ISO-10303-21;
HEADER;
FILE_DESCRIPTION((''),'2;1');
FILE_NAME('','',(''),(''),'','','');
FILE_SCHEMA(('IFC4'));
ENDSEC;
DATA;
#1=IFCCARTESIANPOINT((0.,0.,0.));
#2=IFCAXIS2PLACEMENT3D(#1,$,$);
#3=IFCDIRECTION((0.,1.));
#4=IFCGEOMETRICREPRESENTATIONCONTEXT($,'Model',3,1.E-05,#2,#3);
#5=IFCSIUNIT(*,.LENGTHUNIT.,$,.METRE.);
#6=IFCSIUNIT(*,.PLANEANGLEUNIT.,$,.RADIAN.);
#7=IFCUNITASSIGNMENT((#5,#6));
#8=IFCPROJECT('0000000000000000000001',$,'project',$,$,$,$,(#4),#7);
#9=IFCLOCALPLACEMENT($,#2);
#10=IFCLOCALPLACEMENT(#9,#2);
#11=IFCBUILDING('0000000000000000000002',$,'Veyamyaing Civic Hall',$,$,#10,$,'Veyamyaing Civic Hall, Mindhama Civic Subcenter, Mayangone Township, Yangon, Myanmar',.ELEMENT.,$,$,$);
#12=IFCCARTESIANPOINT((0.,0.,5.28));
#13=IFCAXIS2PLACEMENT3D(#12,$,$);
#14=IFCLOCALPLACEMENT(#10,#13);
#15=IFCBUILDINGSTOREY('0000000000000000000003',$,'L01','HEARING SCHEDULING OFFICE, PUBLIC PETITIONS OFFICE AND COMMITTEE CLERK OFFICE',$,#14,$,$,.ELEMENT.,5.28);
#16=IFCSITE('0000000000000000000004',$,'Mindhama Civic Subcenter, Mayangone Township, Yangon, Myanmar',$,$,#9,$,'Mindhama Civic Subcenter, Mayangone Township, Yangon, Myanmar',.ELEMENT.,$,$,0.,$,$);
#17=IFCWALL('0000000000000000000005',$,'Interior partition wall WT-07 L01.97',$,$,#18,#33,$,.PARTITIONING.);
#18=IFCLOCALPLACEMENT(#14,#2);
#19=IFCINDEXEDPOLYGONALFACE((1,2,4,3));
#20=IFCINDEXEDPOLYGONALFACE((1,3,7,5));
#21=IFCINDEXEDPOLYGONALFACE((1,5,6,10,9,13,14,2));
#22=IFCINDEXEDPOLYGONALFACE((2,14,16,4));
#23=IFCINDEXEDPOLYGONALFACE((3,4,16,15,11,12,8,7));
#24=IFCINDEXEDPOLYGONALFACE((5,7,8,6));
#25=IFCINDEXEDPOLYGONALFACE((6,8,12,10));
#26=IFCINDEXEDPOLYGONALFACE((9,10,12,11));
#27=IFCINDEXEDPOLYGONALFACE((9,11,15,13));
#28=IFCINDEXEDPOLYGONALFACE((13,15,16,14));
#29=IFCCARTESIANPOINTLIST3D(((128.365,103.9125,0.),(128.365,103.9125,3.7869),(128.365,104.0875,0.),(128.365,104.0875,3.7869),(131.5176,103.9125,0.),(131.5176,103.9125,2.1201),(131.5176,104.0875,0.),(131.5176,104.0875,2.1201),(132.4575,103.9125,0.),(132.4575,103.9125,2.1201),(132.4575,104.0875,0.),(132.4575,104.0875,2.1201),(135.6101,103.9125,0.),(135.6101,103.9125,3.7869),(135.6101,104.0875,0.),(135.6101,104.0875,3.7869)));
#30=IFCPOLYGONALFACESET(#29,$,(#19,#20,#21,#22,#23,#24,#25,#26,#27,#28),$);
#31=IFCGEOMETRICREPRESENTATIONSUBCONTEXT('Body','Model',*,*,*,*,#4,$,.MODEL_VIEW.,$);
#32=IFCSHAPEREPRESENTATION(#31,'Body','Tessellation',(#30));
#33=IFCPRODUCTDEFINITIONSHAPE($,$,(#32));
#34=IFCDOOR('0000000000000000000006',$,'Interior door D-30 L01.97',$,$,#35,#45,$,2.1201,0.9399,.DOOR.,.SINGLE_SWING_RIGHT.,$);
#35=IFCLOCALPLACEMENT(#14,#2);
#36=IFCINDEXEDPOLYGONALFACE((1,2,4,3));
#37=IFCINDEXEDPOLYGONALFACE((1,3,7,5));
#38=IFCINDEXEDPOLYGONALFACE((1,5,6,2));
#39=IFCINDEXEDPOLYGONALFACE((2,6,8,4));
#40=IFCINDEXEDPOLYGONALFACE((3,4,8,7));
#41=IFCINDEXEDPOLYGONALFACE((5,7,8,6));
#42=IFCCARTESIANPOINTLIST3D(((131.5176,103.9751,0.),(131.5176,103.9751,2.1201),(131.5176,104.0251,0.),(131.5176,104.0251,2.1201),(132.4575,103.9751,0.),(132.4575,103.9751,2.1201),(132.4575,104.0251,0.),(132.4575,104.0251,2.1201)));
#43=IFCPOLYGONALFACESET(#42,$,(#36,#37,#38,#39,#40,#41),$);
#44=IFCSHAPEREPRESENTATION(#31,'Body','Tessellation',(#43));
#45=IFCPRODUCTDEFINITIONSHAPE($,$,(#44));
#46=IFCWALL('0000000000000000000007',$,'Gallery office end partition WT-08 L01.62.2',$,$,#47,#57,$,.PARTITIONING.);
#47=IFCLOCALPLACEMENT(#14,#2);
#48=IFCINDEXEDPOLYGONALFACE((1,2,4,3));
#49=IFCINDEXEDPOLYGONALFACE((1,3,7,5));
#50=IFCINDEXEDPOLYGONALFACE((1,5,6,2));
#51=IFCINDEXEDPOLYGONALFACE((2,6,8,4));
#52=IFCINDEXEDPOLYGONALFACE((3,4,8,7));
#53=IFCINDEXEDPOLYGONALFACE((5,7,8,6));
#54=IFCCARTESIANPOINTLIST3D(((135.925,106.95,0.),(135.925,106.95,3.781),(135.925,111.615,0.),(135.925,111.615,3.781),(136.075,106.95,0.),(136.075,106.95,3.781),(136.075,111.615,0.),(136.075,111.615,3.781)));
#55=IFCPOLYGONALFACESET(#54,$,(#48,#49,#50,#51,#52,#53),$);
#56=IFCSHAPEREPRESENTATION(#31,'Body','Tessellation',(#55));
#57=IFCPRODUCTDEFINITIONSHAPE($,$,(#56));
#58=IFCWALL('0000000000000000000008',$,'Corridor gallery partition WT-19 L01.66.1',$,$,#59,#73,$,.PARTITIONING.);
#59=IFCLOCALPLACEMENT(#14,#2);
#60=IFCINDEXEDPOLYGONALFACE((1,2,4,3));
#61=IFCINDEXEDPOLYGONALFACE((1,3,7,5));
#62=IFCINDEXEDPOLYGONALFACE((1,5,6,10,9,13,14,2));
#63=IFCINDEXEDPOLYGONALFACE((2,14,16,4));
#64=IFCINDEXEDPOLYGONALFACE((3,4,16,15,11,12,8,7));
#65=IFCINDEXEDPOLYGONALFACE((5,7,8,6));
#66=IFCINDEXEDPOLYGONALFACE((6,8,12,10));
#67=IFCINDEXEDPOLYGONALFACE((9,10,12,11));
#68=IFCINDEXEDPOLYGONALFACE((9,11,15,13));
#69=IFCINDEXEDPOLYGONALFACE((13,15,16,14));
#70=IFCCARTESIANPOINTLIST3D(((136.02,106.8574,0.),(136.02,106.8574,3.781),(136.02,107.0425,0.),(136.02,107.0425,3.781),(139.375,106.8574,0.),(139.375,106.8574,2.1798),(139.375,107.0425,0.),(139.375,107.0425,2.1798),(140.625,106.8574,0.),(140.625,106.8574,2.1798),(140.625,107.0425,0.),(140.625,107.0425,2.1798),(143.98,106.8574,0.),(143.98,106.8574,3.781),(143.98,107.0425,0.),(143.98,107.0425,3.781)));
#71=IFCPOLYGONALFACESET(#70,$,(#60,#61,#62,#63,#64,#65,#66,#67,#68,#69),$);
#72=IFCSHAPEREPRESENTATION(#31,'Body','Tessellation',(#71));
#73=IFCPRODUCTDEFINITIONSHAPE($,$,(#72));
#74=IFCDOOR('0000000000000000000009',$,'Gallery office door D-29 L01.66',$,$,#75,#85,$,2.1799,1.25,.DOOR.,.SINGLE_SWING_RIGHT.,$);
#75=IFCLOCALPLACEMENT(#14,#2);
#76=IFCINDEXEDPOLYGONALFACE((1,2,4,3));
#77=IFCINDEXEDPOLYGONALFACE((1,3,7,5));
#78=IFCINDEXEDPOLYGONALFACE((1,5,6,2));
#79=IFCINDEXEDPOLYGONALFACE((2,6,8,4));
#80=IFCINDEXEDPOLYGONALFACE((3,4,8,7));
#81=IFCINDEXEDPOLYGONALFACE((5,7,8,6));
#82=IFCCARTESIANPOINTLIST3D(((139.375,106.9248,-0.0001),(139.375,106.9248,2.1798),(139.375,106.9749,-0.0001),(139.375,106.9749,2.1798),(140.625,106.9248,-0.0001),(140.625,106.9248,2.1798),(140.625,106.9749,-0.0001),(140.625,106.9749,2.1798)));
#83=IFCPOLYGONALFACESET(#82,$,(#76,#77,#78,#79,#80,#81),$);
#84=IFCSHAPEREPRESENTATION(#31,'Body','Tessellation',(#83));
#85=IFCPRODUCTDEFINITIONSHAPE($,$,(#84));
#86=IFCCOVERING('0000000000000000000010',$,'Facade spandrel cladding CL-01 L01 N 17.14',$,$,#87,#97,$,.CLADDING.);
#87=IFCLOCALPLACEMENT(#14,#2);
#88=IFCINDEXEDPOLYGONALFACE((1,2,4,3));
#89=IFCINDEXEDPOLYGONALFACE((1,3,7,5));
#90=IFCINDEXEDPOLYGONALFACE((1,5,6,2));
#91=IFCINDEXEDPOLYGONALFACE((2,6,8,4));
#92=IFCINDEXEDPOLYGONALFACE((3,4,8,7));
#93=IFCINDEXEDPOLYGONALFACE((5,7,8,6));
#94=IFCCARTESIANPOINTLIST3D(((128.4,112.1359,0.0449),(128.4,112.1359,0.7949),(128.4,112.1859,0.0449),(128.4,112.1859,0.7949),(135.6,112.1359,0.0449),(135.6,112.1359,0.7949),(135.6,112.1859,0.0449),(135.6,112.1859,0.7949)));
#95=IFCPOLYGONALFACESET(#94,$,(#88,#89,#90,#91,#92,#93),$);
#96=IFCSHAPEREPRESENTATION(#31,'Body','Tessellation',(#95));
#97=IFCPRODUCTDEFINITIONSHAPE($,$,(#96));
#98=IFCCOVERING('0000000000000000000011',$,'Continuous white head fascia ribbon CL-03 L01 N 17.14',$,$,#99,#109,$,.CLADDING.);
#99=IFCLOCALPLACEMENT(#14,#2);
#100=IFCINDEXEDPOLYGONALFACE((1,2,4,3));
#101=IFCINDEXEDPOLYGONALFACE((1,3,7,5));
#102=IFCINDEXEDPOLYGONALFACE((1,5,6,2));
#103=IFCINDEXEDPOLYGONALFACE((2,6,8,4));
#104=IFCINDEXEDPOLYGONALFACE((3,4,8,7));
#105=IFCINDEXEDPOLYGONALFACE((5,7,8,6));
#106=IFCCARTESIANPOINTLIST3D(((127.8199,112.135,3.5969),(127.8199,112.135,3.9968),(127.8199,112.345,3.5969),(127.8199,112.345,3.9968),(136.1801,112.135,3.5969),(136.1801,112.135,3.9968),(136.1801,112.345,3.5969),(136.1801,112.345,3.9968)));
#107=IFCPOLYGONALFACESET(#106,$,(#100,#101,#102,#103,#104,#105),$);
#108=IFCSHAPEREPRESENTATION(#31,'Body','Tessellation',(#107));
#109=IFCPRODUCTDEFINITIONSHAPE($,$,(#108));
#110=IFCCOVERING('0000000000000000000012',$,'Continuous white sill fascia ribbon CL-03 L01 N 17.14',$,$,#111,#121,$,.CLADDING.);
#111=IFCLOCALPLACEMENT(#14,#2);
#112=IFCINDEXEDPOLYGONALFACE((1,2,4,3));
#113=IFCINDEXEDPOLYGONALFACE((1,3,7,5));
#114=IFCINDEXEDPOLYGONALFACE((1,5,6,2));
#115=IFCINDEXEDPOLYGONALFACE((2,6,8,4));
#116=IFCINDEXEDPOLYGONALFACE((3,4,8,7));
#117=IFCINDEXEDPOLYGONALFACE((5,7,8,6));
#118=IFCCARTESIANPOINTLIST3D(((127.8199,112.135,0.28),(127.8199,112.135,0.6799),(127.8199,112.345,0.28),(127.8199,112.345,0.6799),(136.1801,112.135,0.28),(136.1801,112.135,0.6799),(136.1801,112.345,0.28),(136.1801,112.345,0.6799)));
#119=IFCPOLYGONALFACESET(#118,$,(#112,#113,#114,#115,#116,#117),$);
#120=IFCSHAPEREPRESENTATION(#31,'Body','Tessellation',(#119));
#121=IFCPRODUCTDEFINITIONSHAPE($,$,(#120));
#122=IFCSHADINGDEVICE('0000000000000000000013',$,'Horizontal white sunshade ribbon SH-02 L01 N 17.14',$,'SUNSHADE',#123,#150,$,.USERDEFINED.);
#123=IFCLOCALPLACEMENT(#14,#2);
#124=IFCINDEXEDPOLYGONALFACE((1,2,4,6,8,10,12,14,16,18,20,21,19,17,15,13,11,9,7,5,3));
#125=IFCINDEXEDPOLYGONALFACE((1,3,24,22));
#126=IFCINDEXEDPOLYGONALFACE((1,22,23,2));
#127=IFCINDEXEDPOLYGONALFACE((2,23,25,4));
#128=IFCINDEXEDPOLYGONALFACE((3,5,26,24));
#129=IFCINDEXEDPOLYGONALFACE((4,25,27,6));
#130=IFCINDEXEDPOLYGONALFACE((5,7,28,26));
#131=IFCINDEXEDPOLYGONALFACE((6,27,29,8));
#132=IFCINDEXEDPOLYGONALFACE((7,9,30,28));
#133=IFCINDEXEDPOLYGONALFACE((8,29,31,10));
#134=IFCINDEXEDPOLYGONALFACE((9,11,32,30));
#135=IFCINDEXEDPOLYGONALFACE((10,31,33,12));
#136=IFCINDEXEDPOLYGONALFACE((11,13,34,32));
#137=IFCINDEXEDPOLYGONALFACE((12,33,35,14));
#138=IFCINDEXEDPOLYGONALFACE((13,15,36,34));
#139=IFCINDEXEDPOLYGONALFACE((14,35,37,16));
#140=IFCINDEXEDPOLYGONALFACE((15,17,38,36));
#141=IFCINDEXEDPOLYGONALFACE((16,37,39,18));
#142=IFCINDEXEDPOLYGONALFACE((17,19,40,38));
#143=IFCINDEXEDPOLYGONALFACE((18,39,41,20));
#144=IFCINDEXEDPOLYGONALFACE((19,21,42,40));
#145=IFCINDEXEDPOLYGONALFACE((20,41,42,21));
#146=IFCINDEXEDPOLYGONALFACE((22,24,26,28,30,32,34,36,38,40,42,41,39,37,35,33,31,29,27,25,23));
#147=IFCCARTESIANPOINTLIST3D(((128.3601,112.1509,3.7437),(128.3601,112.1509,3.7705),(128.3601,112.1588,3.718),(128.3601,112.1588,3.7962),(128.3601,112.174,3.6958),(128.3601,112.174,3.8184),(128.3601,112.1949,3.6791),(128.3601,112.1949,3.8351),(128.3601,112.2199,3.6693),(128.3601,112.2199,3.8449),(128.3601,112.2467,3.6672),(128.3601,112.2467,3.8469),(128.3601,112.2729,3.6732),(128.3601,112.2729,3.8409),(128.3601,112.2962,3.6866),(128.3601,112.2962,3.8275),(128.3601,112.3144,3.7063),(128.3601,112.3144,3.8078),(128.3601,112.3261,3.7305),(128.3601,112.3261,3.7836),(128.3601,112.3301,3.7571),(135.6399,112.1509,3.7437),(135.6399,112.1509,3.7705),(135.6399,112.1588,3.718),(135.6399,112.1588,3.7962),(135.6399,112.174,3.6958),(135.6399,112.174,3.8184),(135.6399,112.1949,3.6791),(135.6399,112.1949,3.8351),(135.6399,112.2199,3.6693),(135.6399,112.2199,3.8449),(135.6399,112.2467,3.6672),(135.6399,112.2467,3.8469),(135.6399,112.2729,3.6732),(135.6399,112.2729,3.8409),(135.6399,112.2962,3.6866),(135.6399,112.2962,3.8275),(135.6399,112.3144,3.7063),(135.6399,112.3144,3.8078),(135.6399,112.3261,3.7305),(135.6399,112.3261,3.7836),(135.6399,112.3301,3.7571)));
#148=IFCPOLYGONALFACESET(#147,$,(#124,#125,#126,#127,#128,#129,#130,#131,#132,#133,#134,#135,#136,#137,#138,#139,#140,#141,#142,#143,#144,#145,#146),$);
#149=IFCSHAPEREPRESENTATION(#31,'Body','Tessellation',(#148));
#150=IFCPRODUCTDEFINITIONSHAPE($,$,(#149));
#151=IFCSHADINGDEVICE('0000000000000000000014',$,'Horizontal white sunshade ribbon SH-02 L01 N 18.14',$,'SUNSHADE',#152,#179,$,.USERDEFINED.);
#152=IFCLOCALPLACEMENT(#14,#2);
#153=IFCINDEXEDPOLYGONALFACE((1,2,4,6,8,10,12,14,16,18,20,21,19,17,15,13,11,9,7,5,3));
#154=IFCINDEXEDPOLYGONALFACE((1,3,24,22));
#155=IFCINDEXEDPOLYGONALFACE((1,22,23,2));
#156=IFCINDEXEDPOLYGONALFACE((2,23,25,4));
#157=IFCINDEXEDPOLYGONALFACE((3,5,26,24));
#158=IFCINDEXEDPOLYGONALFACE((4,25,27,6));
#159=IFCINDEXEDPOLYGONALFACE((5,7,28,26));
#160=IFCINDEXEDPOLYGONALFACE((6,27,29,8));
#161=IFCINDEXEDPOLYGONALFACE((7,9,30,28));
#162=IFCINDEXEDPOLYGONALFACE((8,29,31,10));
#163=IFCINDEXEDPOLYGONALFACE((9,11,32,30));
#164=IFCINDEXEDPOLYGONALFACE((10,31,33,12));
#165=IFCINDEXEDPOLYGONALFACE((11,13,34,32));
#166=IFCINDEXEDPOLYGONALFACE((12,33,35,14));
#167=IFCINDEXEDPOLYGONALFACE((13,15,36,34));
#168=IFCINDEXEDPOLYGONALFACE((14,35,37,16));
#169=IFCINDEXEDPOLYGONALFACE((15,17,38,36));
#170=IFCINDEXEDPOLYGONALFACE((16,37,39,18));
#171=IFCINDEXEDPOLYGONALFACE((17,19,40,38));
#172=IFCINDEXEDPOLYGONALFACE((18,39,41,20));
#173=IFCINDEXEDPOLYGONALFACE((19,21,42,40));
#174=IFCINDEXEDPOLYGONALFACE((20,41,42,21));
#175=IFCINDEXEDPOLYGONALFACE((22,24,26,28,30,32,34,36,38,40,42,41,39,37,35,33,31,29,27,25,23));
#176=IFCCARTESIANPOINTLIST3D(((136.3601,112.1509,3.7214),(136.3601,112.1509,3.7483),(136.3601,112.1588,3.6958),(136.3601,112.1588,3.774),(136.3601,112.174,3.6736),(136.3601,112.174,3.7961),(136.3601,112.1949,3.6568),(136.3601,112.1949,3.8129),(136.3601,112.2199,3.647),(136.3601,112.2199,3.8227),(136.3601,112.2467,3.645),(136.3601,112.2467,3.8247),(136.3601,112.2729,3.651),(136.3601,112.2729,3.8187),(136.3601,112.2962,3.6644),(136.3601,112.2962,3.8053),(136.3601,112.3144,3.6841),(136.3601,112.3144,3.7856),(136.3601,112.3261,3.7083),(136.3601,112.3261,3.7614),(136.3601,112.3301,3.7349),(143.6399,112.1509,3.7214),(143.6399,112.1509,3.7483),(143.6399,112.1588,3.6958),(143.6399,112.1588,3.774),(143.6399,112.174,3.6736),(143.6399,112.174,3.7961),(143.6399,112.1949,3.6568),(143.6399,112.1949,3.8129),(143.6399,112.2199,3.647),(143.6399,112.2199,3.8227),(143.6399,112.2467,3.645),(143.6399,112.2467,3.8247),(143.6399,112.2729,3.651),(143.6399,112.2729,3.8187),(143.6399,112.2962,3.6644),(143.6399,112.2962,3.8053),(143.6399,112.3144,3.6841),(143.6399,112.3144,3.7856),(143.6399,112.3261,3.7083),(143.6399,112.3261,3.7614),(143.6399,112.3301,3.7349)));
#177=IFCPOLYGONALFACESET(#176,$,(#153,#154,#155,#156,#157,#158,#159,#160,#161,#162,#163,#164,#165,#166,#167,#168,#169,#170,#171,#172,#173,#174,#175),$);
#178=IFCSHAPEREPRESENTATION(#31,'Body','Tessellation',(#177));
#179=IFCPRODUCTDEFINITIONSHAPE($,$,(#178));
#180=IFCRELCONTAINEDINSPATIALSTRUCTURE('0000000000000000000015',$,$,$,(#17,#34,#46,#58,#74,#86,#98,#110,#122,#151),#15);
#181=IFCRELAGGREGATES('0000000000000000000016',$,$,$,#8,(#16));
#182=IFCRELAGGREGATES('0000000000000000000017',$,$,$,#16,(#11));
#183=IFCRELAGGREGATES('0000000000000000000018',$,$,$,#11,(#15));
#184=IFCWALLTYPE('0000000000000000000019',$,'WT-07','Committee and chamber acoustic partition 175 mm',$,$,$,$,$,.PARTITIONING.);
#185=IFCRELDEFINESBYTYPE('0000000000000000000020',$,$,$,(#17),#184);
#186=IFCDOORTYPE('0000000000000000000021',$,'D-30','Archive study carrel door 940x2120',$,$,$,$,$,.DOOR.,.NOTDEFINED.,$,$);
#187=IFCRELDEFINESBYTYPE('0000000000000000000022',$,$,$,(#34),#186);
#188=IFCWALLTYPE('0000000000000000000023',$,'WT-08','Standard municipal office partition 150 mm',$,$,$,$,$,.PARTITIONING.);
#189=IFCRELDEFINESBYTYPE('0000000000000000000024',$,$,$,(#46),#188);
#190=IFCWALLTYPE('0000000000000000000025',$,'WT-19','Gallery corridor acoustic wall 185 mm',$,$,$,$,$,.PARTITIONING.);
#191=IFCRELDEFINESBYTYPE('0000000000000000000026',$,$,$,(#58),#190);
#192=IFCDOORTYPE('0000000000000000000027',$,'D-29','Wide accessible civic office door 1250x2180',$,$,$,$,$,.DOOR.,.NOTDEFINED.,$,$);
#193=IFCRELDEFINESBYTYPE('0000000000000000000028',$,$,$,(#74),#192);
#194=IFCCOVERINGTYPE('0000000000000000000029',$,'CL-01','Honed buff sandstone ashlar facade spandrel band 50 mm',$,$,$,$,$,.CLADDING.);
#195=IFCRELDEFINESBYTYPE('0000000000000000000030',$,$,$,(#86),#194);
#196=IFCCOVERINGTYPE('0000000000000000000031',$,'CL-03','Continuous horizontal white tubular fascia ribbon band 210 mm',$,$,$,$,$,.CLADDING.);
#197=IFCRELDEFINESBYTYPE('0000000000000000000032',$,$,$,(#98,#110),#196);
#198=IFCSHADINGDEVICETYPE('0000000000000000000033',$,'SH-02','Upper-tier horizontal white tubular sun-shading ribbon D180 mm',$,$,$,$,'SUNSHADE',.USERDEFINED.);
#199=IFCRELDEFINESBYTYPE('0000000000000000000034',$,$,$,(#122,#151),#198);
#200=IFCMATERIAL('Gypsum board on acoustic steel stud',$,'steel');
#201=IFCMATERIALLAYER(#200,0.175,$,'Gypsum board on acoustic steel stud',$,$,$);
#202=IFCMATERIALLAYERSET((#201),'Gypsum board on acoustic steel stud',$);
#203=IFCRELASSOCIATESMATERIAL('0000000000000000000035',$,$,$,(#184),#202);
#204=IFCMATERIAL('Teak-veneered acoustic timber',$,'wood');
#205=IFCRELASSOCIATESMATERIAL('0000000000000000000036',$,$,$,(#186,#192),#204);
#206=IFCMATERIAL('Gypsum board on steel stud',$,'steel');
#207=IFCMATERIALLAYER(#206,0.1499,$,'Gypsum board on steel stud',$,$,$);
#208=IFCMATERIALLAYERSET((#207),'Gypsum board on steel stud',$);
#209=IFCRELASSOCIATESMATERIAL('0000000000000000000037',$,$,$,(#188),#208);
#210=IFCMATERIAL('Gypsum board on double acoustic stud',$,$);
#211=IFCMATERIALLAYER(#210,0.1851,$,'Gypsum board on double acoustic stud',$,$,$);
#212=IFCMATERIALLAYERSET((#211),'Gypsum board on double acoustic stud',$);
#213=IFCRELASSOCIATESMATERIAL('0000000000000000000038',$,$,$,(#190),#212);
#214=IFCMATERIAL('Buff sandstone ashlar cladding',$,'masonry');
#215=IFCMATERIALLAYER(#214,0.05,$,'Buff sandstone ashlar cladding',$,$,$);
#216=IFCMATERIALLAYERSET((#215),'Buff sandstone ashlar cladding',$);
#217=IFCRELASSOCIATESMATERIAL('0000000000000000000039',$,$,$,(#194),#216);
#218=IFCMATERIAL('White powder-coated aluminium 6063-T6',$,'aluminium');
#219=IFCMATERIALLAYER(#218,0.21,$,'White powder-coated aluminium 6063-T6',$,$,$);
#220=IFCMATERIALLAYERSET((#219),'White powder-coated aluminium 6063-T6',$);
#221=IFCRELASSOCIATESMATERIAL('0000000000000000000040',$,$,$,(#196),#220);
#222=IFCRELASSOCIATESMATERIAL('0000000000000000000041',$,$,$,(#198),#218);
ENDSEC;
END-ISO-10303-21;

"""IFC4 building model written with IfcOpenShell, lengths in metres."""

from ifc_helpers import new_model, si_unit, direction, frame, frame_2d, origin, origin_2d, place, context, subcontext, project, spatial, rectangle, circle, extrude, material, layer, layer_set, material_profile, profile_set, type_object, element, fill, save


model = new_model("IFC4")

# Units and contexts
model_context = context("Model", 3, precision=1e-05, world=origin(), true_north=direction((0.0, 1.0)))
body_context = subcontext(model_context, "Body", "Model", "MODEL_VIEW")
ifc_project = project(units=[si_unit("LENGTHUNIT", "METRE"), si_unit("PLANEANGLEUNIT", "RADIAN")], contexts=[model_context])

# Site, building, storey
site_placement = place(None, origin())
site = spatial("IfcSite", under=ifc_project, at=site_placement, Name="Mindhama Civic Subcenter, Mayangone Township, Yangon, Myanmar", LongName="Mindhama Civic Subcenter, Mayangone Township, Yangon, Myanmar", CompositionType="ELEMENT", RefElevation=0.0)
building_placement = place(site_placement, origin())
building = spatial("IfcBuilding", under=site, at=building_placement, Name="Veyamyaing Civic Hall", LongName="Veyamyaing Civic Hall, Mindhama Civic Subcenter, Mayangone Township, Yangon, Myanmar", CompositionType="ELEMENT")
storey_placement = place(building_placement, frame((0.0, 0.0, 5.28)))
storey = spatial("IfcBuildingStorey", under=building, at=storey_placement, Name="L01", Description="HEARING SCHEDULING OFFICE, PUBLIC PETITIONS OFFICE AND COMMITTEE CLERK OFFICE", CompositionType="ELEMENT", Elevation=5.28)

# Wall, opening, door
ifc_material_1 = material(Name="Gypsum board on acoustic steel stud", Category="steel")
ifc_layer_1 = layer(ifc_material_1, 0.175, Name="Gypsum board on acoustic steel stud")
ifc_layer_set_1 = layer_set([ifc_layer_1], Name="Gypsum board on acoustic steel stud")
wall_type_1 = type_object("IfcWallType", Name="WT-07", Description="Committee and chamber acoustic partition 175 mm", PredefinedType="PARTITIONING", material=ifc_layer_set_1)
wall_1_placement = place(storey_placement, frame((128.365, 104.0, 0.0), z_axis=(0.0, 0.0, 1.0), x_axis=(1.0, 0.0, 0.0)))
wall_1 = element("IfcWall", 1, at=wall_1_placement, inside=storey, type_object=wall_type_1, Name="Interior partition wall WT-07 L01.97", PredefinedType="PARTITIONING", context=body_context, shape_type="SweptSolid", body=[
    extrude(rectangle(XDim=7.2451, YDim=0.175, at=frame_2d((3.6226, 0.0))), origin(), (0.0, 0.0, 1.0), 3.7869),
])
opening_1_placement = place(wall_1_placement, frame((3.1526, 0.0, 0.0)))
opening_1 = element("IfcOpeningElement", 2, at=opening_1_placement, cuts=wall_1, PredefinedType="OPENING", context=body_context, shape_type="SweptSolid", body=[
    extrude(rectangle(XDim=0.9399, YDim=2.1201, at=frame_2d((0.47, 1.0601))), frame((0.0, 0.0974, 0.0), z_axis=(0.0, -1.0, 0.0), x_axis=(1.0, 0.0, 0.0)), (0.0, 0.0, 1.0), 0.1951),
])
ifc_material_2 = material(Name="Teak-veneered acoustic timber", Category="wood")
door_type_1 = type_object("IfcDoorType", Name="D-30", Description="Archive study carrel door 940x2120", OperationType="NOTDEFINED", PredefinedType="DOOR", material=ifc_material_2)
door_1_placement = place(opening_1_placement, frame((0.9399, 0.0, 0.0), z_axis=(0.0, 0.0, 1.0), x_axis=(-1.0, 0.0, 0.0)))
door_1 = element("IfcDoor", 3, at=door_1_placement, inside=storey, type_object=door_type_1, Name="Interior door D-30 L01.97", OperationType="SINGLE_SWING_RIGHT", OverallHeight=2.1201, OverallWidth=0.9399, PredefinedType="DOOR", context=body_context, shape_type="SweptSolid", body=[
    extrude(rectangle(XDim=0.9399, YDim=2.1201, at=frame_2d((0.47, 1.0601))), frame((0.0, 0.0249, 0.0), z_axis=(0.0, -1.0, 0.0), x_axis=(1.0, 0.0, 0.0)), (0.0, 0.0, 1.0), 0.05),
])
fill(opening_1, door_1)

# Wall
ifc_material_3 = material(Name="Gypsum board on steel stud", Category="steel")
ifc_layer_2 = layer(ifc_material_3, 0.1499, Name="Gypsum board on steel stud")
ifc_layer_set_2 = layer_set([ifc_layer_2], Name="Gypsum board on steel stud")
wall_type_2 = type_object("IfcWallType", Name="WT-08", Description="Standard municipal office partition 150 mm", PredefinedType="PARTITIONING", material=ifc_layer_set_2)
wall_2_placement = place(storey_placement, frame((136.0, 106.95, 0.0), z_axis=(0.0, 0.0, 1.0), x_axis=(0.0, 1.0, 0.0)))
element("IfcWall", 4, at=wall_2_placement, inside=storey, type_object=wall_type_2, Name="Gallery office end partition WT-08 L01.62.2", PredefinedType="PARTITIONING", context=body_context, shape_type="SweptSolid", body=[
    extrude(rectangle(XDim=4.665, YDim=0.1499, at=frame_2d((2.3325, 0.0))), origin(), (0.0, 0.0, 1.0), 3.781),
])

# Wall, opening, door
ifc_material_4 = material(Name="Gypsum board on double acoustic stud")
ifc_layer_3 = layer(ifc_material_4, 0.1851, Name="Gypsum board on double acoustic stud")
ifc_layer_set_3 = layer_set([ifc_layer_3], Name="Gypsum board on double acoustic stud")
wall_type_3 = type_object("IfcWallType", Name="WT-19", Description="Gallery corridor acoustic wall 185 mm", PredefinedType="PARTITIONING", material=ifc_layer_set_3)
wall_3_placement = place(storey_placement, frame((136.02, 106.95, 0.0), z_axis=(0.0, 0.0, 1.0), x_axis=(1.0, 0.0, 0.0)))
wall_3 = element("IfcWall", 5, at=wall_3_placement, inside=storey, type_object=wall_type_3, Name="Corridor gallery partition WT-19 L01.66.1", PredefinedType="PARTITIONING", context=body_context, shape_type="SweptSolid", body=[
    extrude(rectangle(XDim=7.96, YDim=0.1851, at=frame_2d((3.98, 0.0))), origin(), (0.0, 0.0, 1.0), 3.781),
])
opening_2_placement = place(wall_3_placement, frame((3.355, 0.0, 0.0)))
opening_2 = element("IfcOpeningElement", 6, at=opening_2_placement, cuts=wall_3, PredefinedType="OPENING", context=body_context, shape_type="SweptSolid", body=[
    extrude(rectangle(XDim=1.25, YDim=2.1799, at=frame_2d((0.625, 1.0898))), frame((0.0, 0.1025, 0.0), z_axis=(0.0, -1.0, 0.0), x_axis=(1.0, 0.0, 0.0)), (0.0, 0.0, 1.0), 0.2051),
])
door_type_2 = type_object("IfcDoorType", Name="D-29", Description="Wide accessible civic office door 1250x2180", OperationType="NOTDEFINED", PredefinedType="DOOR", material=ifc_material_2)
door_2_placement = place(opening_2_placement, origin())
door_2 = element("IfcDoor", 7, at=door_2_placement, inside=storey, type_object=door_type_2, Name="Gallery office door D-29 L01.66", OperationType="SINGLE_SWING_RIGHT", OverallHeight=2.1799, OverallWidth=1.25, PredefinedType="DOOR", context=body_context, shape_type="SweptSolid", body=[
    extrude(rectangle(XDim=1.25, YDim=2.1799, at=frame_2d((0.625, 1.0898))), frame((0.0, 0.0249, 0.0), z_axis=(0.0, -1.0, 0.0), x_axis=(1.0, 0.0, 0.0)), (0.0, 0.0, 1.0), 0.05),
])
fill(opening_2, door_2)

# Coverings
ifc_material_5 = material(Name="Buff sandstone ashlar cladding", Category="masonry")
ifc_layer_4 = layer(ifc_material_5, 0.05, Name="Buff sandstone ashlar cladding")
ifc_layer_set_4 = layer_set([ifc_layer_4], Name="Buff sandstone ashlar cladding")
covering_type_1 = type_object("IfcCoveringType", Name="CL-01", Description="Honed buff sandstone ashlar facade spandrel band 50 mm", PredefinedType="CLADDING", material=ifc_layer_set_4)
covering_placement = place(storey_placement, frame((132.0, 112.1609, 0.0449), z_axis=(0.0, 0.0, 1.0), x_axis=(1.0, 0.0, 0.0)))
element("IfcCovering", 8, at=covering_placement, inside=storey, type_object=covering_type_1, Name="Facade spandrel cladding CL-01 L01 N 17.14", PredefinedType="CLADDING", context=body_context, shape_type="SweptSolid", body=[
    extrude(rectangle(XDim=7.2, YDim=0.05, at=origin_2d()), origin(), (0.0, 0.0, 1.0), 0.75),
])
ifc_material_6 = material(Name="White powder-coated aluminium 6063-T6", Category="aluminium")
ifc_layer_5 = layer(ifc_material_6, 0.21, Name="White powder-coated aluminium 6063-T6")
ifc_layer_set_5 = layer_set([ifc_layer_5], Name="White powder-coated aluminium 6063-T6")
covering_type_2 = type_object("IfcCoveringType", Name="CL-03", Description="Continuous horizontal white tubular fascia ribbon band 210 mm", PredefinedType="CLADDING", material=ifc_layer_set_5)
for number, where, z_axis, x_axis, name in (
    (9, (132.0, 112.24, 3.5969), (0.0, 0.0, 1.0), (1.0, 0.0, 0.0), "Continuous white head fascia ribbon CL-03 L01 N 17.14"),
    (10, (132.0, 112.24, 0.28), (0.0, 0.0, 1.0), (1.0, 0.0, 0.0), "Continuous white sill fascia ribbon CL-03 L01 N 17.14"),
):
    element("IfcCovering", number, at=place(storey_placement, frame(where, z_axis=z_axis, x_axis=x_axis)), inside=storey, type_object=covering_type_2, Name=name, PredefinedType="CLADDING", context=body_context, shape_type="SweptSolid", body=[
        extrude(rectangle(XDim=8.3601, YDim=0.21, at=origin_2d()), origin(), (0.0, 0.0, 1.0), 0.3999),
    ])

# Shading devices
ifc_material_profile_1 = material_profile(ifc_material_6, circle(Radius=0.0901, at=origin_2d()), Name="SHADE-TUBE-180")
ifc_profile_set_1 = profile_set([ifc_material_profile_1], Name="White powder-coated aluminium 6063-T6")
shading_device_type = type_object("IfcShadingDeviceType", Name="SH-02", Description="Upper-tier horizontal white tubular sun-shading ribbon D180 mm", ElementType="SUNSHADE", PredefinedType="USERDEFINED", material=ifc_profile_set_1)
for number, where, z_axis, x_axis, name in (
    (11, (128.3601, 112.24, 3.7571), (1.0, 0.0, 0.0), (0.0, 1.0, 0.0), "Horizontal white sunshade ribbon SH-02 L01 N 17.14"),
    (12, (136.3601, 112.24, 3.7349), (1.0, 0.0, 0.0), (0.0, 1.0, 0.0), "Horizontal white sunshade ribbon SH-02 L01 N 18.14"),
):
    element("IfcShadingDevice", number, at=place(storey_placement, frame(where, z_axis=z_axis, x_axis=x_axis)), inside=storey, type_object=shading_device_type, Name=name, ObjectType="SUNSHADE", PredefinedType="USERDEFINED", context=body_context, shape_type="SweptSolid", body=[
        extrude(circle(Radius=0.0901, at=origin_2d()), origin(), (0.0, 0.0, 1.0), 7.2798),
    ])

save(model, "model.ifc")
